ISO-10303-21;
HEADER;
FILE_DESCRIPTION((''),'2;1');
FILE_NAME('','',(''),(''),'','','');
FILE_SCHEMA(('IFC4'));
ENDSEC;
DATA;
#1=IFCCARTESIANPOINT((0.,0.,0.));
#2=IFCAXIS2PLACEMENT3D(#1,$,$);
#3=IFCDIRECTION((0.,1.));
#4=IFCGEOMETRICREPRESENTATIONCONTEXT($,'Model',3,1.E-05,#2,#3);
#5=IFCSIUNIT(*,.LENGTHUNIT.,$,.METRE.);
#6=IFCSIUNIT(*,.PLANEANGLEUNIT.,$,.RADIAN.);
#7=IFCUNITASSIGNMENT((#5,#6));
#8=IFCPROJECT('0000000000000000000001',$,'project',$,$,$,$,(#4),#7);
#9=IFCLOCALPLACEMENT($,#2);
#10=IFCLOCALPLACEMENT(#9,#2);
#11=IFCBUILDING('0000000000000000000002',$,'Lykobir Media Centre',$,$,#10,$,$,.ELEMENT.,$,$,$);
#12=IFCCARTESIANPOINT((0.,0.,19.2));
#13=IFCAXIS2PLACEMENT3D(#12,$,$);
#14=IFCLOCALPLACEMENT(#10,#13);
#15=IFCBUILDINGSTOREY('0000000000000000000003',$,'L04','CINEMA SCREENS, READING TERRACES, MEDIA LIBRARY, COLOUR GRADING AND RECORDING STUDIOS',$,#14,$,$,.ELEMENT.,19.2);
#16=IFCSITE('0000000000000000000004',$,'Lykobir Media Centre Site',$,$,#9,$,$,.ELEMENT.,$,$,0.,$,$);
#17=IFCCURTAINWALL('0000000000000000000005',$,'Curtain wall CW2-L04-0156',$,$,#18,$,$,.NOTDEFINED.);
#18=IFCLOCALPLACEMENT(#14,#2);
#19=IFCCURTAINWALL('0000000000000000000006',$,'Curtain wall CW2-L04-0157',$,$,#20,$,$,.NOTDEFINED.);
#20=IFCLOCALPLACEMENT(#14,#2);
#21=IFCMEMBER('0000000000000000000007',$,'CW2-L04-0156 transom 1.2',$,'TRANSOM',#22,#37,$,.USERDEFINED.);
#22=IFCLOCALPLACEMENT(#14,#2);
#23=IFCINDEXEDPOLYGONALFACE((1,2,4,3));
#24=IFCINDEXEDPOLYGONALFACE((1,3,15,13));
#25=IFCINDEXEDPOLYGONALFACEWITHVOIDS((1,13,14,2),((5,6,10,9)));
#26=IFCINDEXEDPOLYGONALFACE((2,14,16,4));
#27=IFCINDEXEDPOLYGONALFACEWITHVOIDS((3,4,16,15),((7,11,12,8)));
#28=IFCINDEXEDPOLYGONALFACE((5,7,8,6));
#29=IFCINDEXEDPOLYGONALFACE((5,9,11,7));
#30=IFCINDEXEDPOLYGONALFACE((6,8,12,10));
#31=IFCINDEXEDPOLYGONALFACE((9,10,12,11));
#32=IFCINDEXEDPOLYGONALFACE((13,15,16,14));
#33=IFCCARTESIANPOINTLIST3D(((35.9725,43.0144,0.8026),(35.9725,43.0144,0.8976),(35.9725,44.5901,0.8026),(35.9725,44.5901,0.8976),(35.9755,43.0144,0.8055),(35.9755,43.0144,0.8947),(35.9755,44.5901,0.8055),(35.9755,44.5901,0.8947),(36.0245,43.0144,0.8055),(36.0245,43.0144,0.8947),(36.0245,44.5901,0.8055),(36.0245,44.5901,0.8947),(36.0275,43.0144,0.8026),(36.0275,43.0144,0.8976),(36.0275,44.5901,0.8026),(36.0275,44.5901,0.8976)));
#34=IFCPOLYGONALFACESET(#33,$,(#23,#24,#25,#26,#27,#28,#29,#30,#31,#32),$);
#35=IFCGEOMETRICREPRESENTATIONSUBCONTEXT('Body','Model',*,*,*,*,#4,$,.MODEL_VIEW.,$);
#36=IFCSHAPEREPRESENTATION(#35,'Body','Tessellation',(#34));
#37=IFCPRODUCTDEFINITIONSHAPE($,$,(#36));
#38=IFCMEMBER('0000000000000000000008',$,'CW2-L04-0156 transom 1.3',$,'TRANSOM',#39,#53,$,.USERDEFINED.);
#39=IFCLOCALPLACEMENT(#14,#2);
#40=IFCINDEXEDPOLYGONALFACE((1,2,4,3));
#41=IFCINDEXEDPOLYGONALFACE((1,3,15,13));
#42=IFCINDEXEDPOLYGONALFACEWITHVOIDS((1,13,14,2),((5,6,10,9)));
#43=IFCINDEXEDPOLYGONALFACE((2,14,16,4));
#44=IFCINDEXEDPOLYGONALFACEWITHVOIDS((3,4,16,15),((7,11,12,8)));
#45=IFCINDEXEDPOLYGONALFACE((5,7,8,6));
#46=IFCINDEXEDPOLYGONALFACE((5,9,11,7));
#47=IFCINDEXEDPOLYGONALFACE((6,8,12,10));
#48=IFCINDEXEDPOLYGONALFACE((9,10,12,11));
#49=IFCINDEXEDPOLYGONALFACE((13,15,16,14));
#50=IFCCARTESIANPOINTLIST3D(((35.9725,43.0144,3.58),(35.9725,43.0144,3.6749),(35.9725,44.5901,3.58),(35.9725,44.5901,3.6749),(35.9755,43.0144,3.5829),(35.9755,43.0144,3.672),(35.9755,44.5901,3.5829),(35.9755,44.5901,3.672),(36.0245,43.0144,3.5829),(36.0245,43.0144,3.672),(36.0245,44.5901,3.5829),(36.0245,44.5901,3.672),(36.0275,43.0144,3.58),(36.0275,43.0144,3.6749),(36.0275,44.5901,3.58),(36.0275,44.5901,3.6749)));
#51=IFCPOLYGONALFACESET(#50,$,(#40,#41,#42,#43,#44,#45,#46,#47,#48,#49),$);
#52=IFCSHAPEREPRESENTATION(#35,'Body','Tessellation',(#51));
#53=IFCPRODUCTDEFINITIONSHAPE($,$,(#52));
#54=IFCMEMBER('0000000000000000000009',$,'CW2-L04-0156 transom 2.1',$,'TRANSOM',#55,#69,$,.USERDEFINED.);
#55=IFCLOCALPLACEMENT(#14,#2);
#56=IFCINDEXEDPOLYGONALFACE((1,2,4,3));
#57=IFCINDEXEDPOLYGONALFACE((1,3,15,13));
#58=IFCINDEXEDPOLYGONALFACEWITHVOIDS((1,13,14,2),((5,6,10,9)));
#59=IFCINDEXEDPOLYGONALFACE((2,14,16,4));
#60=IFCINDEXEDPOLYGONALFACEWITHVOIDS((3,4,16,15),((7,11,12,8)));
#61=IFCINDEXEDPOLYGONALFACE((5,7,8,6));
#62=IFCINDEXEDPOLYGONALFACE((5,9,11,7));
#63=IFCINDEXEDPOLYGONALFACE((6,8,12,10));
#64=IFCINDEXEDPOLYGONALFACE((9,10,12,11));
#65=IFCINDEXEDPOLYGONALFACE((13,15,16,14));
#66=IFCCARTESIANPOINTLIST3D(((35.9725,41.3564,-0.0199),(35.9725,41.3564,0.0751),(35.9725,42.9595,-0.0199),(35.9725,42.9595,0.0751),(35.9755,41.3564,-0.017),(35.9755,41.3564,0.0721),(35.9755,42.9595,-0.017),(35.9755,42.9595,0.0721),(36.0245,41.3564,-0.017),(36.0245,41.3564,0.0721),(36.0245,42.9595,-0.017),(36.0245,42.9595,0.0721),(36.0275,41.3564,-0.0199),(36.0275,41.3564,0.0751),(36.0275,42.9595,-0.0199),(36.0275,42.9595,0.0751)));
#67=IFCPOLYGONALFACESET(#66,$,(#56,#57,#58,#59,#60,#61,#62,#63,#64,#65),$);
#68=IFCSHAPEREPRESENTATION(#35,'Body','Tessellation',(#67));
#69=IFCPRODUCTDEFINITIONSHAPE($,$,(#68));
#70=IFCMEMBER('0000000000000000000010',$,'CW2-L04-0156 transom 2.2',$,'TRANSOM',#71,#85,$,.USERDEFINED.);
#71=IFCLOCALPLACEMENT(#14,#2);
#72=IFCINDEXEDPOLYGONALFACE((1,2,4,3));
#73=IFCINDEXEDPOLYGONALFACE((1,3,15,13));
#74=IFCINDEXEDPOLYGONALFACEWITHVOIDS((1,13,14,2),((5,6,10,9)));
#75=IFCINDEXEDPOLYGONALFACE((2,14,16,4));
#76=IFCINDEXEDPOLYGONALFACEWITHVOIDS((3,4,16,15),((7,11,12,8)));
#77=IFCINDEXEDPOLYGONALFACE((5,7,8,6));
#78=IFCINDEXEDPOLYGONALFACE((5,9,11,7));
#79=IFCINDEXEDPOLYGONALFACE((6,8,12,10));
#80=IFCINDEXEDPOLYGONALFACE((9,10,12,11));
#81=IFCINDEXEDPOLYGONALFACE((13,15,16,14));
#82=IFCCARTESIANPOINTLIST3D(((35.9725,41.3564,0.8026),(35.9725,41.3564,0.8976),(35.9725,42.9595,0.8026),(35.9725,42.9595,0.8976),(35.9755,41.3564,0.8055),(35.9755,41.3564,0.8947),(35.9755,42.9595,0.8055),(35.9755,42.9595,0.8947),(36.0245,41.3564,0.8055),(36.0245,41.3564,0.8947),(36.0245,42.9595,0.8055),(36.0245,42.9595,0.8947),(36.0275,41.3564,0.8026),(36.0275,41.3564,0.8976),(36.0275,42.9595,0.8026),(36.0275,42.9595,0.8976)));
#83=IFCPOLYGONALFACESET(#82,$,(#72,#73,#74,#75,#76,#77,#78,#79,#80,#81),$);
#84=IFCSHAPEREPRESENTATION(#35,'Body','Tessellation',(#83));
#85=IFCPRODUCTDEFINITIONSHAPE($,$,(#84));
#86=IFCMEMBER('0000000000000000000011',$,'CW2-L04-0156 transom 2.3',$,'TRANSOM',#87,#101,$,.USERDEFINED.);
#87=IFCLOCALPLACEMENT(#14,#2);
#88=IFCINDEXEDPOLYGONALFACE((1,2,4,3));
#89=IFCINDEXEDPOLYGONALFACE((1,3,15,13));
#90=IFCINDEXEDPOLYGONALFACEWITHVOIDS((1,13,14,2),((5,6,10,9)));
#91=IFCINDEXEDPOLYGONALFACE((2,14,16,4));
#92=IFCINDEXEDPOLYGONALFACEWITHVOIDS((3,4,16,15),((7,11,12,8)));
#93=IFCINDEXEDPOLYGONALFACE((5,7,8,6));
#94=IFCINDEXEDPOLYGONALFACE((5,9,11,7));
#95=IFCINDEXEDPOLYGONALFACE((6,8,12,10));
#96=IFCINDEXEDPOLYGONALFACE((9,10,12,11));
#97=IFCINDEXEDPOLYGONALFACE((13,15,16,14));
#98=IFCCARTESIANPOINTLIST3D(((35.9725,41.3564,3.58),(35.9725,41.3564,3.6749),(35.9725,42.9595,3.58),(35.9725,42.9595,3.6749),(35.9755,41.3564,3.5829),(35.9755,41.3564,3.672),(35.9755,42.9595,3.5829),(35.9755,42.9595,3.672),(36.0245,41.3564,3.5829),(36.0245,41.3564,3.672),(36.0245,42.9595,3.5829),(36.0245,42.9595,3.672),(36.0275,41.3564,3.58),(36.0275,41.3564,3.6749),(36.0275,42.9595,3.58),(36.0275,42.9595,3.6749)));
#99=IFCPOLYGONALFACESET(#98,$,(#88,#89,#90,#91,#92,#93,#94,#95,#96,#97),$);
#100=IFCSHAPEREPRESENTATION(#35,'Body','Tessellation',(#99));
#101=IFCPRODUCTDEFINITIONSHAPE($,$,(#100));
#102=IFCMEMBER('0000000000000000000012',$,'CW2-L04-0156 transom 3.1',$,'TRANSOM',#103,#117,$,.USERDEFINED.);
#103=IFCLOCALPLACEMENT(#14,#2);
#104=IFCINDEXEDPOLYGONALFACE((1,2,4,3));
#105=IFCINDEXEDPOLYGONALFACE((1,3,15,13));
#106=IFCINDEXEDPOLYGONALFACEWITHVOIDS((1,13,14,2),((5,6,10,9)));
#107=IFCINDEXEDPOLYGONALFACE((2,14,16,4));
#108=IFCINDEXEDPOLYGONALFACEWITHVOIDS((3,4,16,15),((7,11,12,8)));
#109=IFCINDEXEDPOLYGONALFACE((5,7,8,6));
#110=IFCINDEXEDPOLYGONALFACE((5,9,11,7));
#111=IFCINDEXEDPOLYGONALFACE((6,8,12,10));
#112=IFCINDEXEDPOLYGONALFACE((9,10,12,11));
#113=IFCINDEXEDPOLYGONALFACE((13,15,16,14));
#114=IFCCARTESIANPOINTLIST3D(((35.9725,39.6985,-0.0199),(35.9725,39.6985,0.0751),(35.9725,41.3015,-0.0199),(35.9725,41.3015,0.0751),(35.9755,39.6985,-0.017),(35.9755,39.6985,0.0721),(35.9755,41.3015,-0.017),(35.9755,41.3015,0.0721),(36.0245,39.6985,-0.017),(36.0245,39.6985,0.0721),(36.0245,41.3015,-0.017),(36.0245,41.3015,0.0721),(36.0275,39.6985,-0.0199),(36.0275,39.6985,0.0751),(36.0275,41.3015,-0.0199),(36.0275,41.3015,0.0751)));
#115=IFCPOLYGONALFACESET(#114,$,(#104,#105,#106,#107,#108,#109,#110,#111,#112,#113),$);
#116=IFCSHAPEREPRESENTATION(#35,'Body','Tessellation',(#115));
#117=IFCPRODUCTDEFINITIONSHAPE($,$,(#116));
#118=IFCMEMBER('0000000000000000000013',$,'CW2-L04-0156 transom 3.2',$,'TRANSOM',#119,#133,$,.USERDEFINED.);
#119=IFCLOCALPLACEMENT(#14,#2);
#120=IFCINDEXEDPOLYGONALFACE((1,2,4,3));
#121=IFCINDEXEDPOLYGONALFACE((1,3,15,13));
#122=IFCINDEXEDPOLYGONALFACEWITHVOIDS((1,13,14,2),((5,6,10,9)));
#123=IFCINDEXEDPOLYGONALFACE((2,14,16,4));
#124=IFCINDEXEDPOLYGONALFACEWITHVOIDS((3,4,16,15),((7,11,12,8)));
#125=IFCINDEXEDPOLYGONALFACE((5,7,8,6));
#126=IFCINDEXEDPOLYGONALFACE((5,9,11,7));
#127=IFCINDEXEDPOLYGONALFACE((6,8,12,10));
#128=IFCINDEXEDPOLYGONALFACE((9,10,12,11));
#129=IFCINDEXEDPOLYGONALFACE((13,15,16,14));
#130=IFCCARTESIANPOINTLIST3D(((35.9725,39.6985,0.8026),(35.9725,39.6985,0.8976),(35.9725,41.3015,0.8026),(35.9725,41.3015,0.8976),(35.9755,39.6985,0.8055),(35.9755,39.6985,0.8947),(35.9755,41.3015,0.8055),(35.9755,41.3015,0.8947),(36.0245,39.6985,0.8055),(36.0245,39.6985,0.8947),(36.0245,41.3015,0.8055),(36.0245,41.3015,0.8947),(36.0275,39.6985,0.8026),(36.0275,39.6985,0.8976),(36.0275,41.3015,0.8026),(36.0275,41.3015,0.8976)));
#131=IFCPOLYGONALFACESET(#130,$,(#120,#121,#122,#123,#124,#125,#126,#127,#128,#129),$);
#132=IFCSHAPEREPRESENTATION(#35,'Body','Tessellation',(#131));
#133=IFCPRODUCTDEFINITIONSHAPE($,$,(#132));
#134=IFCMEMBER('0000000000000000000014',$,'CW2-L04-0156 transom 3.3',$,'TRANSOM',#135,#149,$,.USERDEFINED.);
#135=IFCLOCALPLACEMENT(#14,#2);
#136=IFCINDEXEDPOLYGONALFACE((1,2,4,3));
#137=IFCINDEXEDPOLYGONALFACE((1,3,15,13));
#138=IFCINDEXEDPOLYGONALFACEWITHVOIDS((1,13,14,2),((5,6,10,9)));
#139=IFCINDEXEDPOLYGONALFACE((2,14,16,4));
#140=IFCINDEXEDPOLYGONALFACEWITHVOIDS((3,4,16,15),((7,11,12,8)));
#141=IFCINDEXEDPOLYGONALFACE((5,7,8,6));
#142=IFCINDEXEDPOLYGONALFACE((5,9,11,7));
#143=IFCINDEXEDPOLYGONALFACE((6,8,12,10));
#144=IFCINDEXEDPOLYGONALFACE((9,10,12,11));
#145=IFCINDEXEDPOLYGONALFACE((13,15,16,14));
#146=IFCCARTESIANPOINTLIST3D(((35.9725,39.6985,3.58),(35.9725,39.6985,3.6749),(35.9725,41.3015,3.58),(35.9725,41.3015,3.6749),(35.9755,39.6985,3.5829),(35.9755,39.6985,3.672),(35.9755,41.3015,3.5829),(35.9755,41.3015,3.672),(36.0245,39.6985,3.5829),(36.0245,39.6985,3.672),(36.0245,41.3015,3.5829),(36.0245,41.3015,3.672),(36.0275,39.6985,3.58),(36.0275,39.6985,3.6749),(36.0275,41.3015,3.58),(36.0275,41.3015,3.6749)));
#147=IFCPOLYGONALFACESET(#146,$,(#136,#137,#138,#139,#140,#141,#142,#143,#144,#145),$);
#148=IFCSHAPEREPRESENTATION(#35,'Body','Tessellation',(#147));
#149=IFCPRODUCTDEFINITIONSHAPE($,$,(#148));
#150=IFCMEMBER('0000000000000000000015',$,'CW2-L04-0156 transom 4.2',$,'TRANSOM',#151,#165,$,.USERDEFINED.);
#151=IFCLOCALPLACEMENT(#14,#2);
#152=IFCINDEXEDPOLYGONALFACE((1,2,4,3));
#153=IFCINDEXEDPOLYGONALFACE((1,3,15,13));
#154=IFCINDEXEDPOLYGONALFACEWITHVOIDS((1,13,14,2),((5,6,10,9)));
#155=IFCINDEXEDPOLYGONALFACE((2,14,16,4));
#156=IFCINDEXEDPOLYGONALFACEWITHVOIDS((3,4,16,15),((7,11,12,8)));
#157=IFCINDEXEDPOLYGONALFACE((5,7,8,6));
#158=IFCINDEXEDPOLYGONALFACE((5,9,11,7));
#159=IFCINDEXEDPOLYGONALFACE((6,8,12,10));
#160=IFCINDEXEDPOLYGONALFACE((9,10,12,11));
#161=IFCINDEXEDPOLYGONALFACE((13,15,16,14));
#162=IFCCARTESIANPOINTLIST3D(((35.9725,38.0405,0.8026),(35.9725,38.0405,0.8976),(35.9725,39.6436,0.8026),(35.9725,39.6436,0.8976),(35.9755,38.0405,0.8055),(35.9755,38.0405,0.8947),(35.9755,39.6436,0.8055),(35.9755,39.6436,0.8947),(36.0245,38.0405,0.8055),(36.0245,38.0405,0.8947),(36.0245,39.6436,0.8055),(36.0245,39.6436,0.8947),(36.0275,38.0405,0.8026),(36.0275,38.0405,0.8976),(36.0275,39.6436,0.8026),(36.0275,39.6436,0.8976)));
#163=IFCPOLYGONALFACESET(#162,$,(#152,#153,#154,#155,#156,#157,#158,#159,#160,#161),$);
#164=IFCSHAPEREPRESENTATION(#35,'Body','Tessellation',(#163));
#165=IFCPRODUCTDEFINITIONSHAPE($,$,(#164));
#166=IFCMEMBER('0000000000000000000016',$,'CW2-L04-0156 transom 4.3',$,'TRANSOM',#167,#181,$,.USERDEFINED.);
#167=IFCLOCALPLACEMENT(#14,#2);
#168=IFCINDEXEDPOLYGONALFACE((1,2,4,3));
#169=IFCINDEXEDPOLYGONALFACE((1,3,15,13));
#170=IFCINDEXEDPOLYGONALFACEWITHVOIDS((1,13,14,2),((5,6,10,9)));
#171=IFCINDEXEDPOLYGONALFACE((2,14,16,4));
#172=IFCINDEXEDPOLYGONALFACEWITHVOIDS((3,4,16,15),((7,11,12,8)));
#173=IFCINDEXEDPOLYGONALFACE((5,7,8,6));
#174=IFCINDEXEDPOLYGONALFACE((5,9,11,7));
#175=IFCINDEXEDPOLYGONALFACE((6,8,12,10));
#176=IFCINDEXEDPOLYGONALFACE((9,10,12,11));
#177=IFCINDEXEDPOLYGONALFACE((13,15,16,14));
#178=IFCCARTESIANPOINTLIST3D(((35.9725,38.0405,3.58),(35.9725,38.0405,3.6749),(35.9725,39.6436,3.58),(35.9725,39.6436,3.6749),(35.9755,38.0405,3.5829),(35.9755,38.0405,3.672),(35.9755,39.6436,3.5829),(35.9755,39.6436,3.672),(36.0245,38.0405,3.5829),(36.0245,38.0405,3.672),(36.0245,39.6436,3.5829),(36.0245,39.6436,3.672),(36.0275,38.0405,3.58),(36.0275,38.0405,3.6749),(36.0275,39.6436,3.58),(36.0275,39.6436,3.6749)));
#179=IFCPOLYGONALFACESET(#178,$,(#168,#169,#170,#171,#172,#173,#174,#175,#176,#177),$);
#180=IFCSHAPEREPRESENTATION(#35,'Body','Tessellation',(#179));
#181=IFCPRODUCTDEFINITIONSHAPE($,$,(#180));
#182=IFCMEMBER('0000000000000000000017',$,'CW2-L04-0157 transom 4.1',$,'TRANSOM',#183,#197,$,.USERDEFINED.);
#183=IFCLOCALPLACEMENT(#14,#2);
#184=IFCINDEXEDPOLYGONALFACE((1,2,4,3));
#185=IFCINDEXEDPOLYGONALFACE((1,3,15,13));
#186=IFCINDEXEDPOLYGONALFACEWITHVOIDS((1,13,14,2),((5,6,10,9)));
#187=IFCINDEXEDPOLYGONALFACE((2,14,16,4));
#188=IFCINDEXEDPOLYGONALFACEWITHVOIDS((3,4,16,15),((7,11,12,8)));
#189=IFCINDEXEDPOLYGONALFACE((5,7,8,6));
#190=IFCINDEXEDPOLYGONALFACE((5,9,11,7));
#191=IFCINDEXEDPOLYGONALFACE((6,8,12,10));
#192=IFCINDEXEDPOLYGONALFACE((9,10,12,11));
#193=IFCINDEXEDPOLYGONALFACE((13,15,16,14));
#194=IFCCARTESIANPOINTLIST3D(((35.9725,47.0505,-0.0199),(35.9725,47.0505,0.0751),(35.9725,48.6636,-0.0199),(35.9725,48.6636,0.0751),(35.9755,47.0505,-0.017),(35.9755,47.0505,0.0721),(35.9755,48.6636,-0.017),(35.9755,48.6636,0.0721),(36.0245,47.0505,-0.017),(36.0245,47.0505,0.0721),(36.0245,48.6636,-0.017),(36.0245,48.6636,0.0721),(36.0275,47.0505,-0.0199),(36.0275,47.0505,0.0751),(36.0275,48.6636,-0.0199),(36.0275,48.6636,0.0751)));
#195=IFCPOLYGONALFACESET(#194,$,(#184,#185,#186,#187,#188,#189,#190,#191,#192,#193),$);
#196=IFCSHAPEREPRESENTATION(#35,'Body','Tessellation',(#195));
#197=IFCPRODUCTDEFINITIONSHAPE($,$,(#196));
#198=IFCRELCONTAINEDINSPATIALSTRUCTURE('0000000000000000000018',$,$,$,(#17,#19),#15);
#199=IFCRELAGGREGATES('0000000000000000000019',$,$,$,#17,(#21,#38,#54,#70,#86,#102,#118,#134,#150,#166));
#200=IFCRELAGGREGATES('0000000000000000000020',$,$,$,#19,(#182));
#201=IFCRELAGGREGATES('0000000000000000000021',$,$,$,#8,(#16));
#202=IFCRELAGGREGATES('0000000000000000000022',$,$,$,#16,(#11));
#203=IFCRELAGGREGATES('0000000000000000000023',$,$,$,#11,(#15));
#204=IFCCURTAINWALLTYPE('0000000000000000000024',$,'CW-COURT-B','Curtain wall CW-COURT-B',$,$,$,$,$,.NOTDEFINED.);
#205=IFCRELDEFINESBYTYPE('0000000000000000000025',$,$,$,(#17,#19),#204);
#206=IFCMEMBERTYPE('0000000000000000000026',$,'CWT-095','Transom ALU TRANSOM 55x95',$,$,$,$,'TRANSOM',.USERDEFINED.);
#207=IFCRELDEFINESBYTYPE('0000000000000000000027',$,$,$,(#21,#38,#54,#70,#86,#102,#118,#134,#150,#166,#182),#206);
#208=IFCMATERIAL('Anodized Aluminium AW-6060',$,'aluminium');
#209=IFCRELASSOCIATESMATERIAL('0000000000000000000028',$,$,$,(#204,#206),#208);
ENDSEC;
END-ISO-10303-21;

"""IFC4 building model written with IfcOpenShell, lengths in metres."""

from ifc_helpers import new_model, si_unit, direction, frame, origin, origin_2d, place, context, subcontext, project, spatial, hollow_rectangle, extrude, material, material_profile, profile_set, type_object, element, aggregate, save


model = new_model("IFC4")

# Units and contexts
model_context = context("Model", 3, precision=1e-05, world=origin(), true_north=direction((0.0, 1.0)))
body_context = subcontext(model_context, "Body", "Model", "MODEL_VIEW")
ifc_project = project(units=[si_unit("LENGTHUNIT", "METRE"), si_unit("PLANEANGLEUNIT", "RADIAN")], contexts=[model_context])

# Site, building, storey
site_placement = place(None, origin())
site = spatial("IfcSite", under=ifc_project, at=site_placement, Name="Lykobir Media Centre Site", CompositionType="ELEMENT", RefElevation=0.0)
building_placement = place(site_placement, origin())
building = spatial("IfcBuilding", under=site, at=building_placement, Name="Lykobir Media Centre", CompositionType="ELEMENT")
storey_placement = place(building_placement, frame((0.0, 0.0, 19.2)))
storey = spatial("IfcBuildingStorey", under=building, at=storey_placement, Name="L04", Description="CINEMA SCREENS, READING TERRACES, MEDIA LIBRARY, COLOUR GRADING AND RECORDING STUDIOS", CompositionType="ELEMENT", Elevation=19.2)

# Curtain walls
ifc_material_1 = material(Name="Anodized Aluminium AW-6060", Category="aluminium")
curtain_wall_type = type_object("IfcCurtainWallType", Name="CW-COURT-B", Description="Curtain wall CW-COURT-B", PredefinedType="NOTDEFINED", material=ifc_material_1)
curtain_wall_1_placement = place(storey_placement, origin())
curtain_wall_1 = element("IfcCurtainWall", 1, at=curtain_wall_1_placement, inside=storey, type_object=curtain_wall_type, Name="Curtain wall CW2-L04-0156", PredefinedType="NOTDEFINED")
curtain_wall_2_placement = place(storey_placement, origin())
curtain_wall_2 = element("IfcCurtainWall", 2, at=curtain_wall_2_placement, inside=storey, type_object=curtain_wall_type, Name="Curtain wall CW2-L04-0157", PredefinedType="NOTDEFINED")

# Members
ifc_material_profile_1 = material_profile(ifc_material_1, hollow_rectangle(XDim=0.0549, YDim=0.095, WallThickness=0.0029, at=origin_2d()), Name="ALU TRANSOM 55x95")
ifc_profile_set_1 = profile_set([ifc_material_profile_1], Name="Anodized Aluminium AW-6060")
member_type_1 = type_object("IfcMemberType", Name="CWT-095", Description="Transom ALU TRANSOM 55x95", ElementType="TRANSOM", PredefinedType="USERDEFINED", material=ifc_profile_set_1)
member_1_placement = place(storey_placement, frame((36.0, 44.5901, 0.8501), z_axis=(0.0, -1.0, 0.0), x_axis=(1.0, 0.0, 0.0)))
member_1 = element("IfcMember", 3, at=member_1_placement, type_object=member_type_1, Name="CW2-L04-0156 transom 1.2", ObjectType="TRANSOM", PredefinedType="USERDEFINED", context=body_context, shape_type="SweptSolid", body=[
    extrude(hollow_rectangle(XDim=0.0549, YDim=0.095, WallThickness=0.0029, at=origin_2d()), origin(), (0.0, 0.0, 1.0), 1.5757),
])
member_2_placement = place(storey_placement, frame((36.0, 44.5901, 3.6274), z_axis=(0.0, -1.0, 0.0), x_axis=(1.0, 0.0, 0.0)))
member_2 = element("IfcMember", 4, at=member_2_placement, type_object=member_type_1, Name="CW2-L04-0156 transom 1.3", ObjectType="TRANSOM", PredefinedType="USERDEFINED", context=body_context, shape_type="SweptSolid", body=[
    extrude(hollow_rectangle(XDim=0.0549, YDim=0.095, WallThickness=0.0029, at=origin_2d()), origin(), (0.0, 0.0, 1.0), 1.5757),
])
member_3_placement = place(storey_placement, frame((36.0, 42.9595, 0.0276), z_axis=(0.0, -1.0, 0.0), x_axis=(1.0, 0.0, 0.0)))
member_3 = element("IfcMember", 5, at=member_3_placement, type_object=member_type_1, Name="CW2-L04-0156 transom 2.1", ObjectType="TRANSOM", PredefinedType="USERDEFINED", context=body_context, shape_type="SweptSolid", body=[
    extrude(hollow_rectangle(XDim=0.0549, YDim=0.095, WallThickness=0.0029, at=origin_2d()), origin(), (0.0, 0.0, 1.0), 1.603),
])
member_4_placement = place(storey_placement, frame((36.0, 42.9595, 0.8501), z_axis=(0.0, -1.0, 0.0), x_axis=(1.0, 0.0, 0.0)))
member_4 = element("IfcMember", 6, at=member_4_placement, type_object=member_type_1, Name="CW2-L04-0156 transom 2.2", ObjectType="TRANSOM", PredefinedType="USERDEFINED", context=body_context, shape_type="SweptSolid", body=[
    extrude(hollow_rectangle(XDim=0.0549, YDim=0.095, WallThickness=0.0029, at=origin_2d()), origin(), (0.0, 0.0, 1.0), 1.603),
])
member_5_placement = place(storey_placement, frame((36.0, 42.9595, 3.6274), z_axis=(0.0, -1.0, 0.0), x_axis=(1.0, 0.0, 0.0)))
member_5 = element("IfcMember", 7, at=member_5_placement, type_object=member_type_1, Name="CW2-L04-0156 transom 2.3", ObjectType="TRANSOM", PredefinedType="USERDEFINED", context=body_context, shape_type="SweptSolid", body=[
    extrude(hollow_rectangle(XDim=0.0549, YDim=0.095, WallThickness=0.0029, at=origin_2d()), origin(), (0.0, 0.0, 1.0), 1.603),
])
member_6_placement = place(storey_placement, frame((36.0, 41.3015, 0.0276), z_axis=(0.0, -1.0, 0.0), x_axis=(1.0, 0.0, 0.0)))
member_6 = element("IfcMember", 8, at=member_6_placement, type_object=member_type_1, Name="CW2-L04-0156 transom 3.1", ObjectType="TRANSOM", PredefinedType="USERDEFINED", context=body_context, shape_type="SweptSolid", body=[
    extrude(hollow_rectangle(XDim=0.0549, YDim=0.095, WallThickness=0.0029, at=origin_2d()), origin(), (0.0, 0.0, 1.0), 1.603),
])
member_7_placement = place(storey_placement, frame((36.0, 41.3015, 0.8501), z_axis=(0.0, -1.0, 0.0), x_axis=(1.0, 0.0, 0.0)))
member_7 = element("IfcMember", 9, at=member_7_placement, type_object=member_type_1, Name="CW2-L04-0156 transom 3.2", ObjectType="TRANSOM", PredefinedType="USERDEFINED", context=body_context, shape_type="SweptSolid", body=[
    extrude(hollow_rectangle(XDim=0.0549, YDim=0.095, WallThickness=0.0029, at=origin_2d()), origin(), (0.0, 0.0, 1.0), 1.603),
])
member_8_placement = place(storey_placement, frame((36.0, 41.3015, 3.6274), z_axis=(0.0, -1.0, 0.0), x_axis=(1.0, 0.0, 0.0)))
member_8 = element("IfcMember", 10, at=member_8_placement, type_object=member_type_1, Name="CW2-L04-0156 transom 3.3", ObjectType="TRANSOM", PredefinedType="USERDEFINED", context=body_context, shape_type="SweptSolid", body=[
    extrude(hollow_rectangle(XDim=0.0549, YDim=0.095, WallThickness=0.0029, at=origin_2d()), origin(), (0.0, 0.0, 1.0), 1.603),
])
member_9_placement = place(storey_placement, frame((36.0, 39.6436, 0.8501), z_axis=(0.0, -1.0, 0.0), x_axis=(1.0, 0.0, 0.0)))
member_9 = element("IfcMember", 11, at=member_9_placement, type_object=member_type_1, Name="CW2-L04-0156 transom 4.2", ObjectType="TRANSOM", PredefinedType="USERDEFINED", context=body_context, shape_type="SweptSolid", body=[
    extrude(hollow_rectangle(XDim=0.0549, YDim=0.095, WallThickness=0.0029, at=origin_2d()), origin(), (0.0, 0.0, 1.0), 1.603),
])
member_10_placement = place(storey_placement, frame((36.0, 39.6436, 3.6274), z_axis=(0.0, -1.0, 0.0), x_axis=(1.0, 0.0, 0.0)))
member_10 = element("IfcMember", 12, at=member_10_placement, type_object=member_type_1, Name="CW2-L04-0156 transom 4.3", ObjectType="TRANSOM", PredefinedType="USERDEFINED", context=body_context, shape_type="SweptSolid", body=[
    extrude(hollow_rectangle(XDim=0.0549, YDim=0.095, WallThickness=0.0029, at=origin_2d()), origin(), (0.0, 0.0, 1.0), 1.603),
])
member_11_placement = place(storey_placement, frame((36.0, 48.6636, 0.0276), z_axis=(0.0, -1.0, 0.0), x_axis=(1.0, 0.0, 0.0)))
member_11 = element("IfcMember", 13, at=member_11_placement, type_object=member_type_1, Name="CW2-L04-0157 transom 4.1", ObjectType="TRANSOM", PredefinedType="USERDEFINED", context=body_context, shape_type="SweptSolid", body=[
    extrude(hollow_rectangle(XDim=0.0549, YDim=0.095, WallThickness=0.0029, at=origin_2d()), origin(), (0.0, 0.0, 1.0), 1.613),
])

aggregate(curtain_wall_1, [member_1, member_2, member_3, member_4, member_5, member_6, member_7, member_8, member_9, member_10])
aggregate(curtain_wall_2, [member_11])

save(model, "model.ifc")
